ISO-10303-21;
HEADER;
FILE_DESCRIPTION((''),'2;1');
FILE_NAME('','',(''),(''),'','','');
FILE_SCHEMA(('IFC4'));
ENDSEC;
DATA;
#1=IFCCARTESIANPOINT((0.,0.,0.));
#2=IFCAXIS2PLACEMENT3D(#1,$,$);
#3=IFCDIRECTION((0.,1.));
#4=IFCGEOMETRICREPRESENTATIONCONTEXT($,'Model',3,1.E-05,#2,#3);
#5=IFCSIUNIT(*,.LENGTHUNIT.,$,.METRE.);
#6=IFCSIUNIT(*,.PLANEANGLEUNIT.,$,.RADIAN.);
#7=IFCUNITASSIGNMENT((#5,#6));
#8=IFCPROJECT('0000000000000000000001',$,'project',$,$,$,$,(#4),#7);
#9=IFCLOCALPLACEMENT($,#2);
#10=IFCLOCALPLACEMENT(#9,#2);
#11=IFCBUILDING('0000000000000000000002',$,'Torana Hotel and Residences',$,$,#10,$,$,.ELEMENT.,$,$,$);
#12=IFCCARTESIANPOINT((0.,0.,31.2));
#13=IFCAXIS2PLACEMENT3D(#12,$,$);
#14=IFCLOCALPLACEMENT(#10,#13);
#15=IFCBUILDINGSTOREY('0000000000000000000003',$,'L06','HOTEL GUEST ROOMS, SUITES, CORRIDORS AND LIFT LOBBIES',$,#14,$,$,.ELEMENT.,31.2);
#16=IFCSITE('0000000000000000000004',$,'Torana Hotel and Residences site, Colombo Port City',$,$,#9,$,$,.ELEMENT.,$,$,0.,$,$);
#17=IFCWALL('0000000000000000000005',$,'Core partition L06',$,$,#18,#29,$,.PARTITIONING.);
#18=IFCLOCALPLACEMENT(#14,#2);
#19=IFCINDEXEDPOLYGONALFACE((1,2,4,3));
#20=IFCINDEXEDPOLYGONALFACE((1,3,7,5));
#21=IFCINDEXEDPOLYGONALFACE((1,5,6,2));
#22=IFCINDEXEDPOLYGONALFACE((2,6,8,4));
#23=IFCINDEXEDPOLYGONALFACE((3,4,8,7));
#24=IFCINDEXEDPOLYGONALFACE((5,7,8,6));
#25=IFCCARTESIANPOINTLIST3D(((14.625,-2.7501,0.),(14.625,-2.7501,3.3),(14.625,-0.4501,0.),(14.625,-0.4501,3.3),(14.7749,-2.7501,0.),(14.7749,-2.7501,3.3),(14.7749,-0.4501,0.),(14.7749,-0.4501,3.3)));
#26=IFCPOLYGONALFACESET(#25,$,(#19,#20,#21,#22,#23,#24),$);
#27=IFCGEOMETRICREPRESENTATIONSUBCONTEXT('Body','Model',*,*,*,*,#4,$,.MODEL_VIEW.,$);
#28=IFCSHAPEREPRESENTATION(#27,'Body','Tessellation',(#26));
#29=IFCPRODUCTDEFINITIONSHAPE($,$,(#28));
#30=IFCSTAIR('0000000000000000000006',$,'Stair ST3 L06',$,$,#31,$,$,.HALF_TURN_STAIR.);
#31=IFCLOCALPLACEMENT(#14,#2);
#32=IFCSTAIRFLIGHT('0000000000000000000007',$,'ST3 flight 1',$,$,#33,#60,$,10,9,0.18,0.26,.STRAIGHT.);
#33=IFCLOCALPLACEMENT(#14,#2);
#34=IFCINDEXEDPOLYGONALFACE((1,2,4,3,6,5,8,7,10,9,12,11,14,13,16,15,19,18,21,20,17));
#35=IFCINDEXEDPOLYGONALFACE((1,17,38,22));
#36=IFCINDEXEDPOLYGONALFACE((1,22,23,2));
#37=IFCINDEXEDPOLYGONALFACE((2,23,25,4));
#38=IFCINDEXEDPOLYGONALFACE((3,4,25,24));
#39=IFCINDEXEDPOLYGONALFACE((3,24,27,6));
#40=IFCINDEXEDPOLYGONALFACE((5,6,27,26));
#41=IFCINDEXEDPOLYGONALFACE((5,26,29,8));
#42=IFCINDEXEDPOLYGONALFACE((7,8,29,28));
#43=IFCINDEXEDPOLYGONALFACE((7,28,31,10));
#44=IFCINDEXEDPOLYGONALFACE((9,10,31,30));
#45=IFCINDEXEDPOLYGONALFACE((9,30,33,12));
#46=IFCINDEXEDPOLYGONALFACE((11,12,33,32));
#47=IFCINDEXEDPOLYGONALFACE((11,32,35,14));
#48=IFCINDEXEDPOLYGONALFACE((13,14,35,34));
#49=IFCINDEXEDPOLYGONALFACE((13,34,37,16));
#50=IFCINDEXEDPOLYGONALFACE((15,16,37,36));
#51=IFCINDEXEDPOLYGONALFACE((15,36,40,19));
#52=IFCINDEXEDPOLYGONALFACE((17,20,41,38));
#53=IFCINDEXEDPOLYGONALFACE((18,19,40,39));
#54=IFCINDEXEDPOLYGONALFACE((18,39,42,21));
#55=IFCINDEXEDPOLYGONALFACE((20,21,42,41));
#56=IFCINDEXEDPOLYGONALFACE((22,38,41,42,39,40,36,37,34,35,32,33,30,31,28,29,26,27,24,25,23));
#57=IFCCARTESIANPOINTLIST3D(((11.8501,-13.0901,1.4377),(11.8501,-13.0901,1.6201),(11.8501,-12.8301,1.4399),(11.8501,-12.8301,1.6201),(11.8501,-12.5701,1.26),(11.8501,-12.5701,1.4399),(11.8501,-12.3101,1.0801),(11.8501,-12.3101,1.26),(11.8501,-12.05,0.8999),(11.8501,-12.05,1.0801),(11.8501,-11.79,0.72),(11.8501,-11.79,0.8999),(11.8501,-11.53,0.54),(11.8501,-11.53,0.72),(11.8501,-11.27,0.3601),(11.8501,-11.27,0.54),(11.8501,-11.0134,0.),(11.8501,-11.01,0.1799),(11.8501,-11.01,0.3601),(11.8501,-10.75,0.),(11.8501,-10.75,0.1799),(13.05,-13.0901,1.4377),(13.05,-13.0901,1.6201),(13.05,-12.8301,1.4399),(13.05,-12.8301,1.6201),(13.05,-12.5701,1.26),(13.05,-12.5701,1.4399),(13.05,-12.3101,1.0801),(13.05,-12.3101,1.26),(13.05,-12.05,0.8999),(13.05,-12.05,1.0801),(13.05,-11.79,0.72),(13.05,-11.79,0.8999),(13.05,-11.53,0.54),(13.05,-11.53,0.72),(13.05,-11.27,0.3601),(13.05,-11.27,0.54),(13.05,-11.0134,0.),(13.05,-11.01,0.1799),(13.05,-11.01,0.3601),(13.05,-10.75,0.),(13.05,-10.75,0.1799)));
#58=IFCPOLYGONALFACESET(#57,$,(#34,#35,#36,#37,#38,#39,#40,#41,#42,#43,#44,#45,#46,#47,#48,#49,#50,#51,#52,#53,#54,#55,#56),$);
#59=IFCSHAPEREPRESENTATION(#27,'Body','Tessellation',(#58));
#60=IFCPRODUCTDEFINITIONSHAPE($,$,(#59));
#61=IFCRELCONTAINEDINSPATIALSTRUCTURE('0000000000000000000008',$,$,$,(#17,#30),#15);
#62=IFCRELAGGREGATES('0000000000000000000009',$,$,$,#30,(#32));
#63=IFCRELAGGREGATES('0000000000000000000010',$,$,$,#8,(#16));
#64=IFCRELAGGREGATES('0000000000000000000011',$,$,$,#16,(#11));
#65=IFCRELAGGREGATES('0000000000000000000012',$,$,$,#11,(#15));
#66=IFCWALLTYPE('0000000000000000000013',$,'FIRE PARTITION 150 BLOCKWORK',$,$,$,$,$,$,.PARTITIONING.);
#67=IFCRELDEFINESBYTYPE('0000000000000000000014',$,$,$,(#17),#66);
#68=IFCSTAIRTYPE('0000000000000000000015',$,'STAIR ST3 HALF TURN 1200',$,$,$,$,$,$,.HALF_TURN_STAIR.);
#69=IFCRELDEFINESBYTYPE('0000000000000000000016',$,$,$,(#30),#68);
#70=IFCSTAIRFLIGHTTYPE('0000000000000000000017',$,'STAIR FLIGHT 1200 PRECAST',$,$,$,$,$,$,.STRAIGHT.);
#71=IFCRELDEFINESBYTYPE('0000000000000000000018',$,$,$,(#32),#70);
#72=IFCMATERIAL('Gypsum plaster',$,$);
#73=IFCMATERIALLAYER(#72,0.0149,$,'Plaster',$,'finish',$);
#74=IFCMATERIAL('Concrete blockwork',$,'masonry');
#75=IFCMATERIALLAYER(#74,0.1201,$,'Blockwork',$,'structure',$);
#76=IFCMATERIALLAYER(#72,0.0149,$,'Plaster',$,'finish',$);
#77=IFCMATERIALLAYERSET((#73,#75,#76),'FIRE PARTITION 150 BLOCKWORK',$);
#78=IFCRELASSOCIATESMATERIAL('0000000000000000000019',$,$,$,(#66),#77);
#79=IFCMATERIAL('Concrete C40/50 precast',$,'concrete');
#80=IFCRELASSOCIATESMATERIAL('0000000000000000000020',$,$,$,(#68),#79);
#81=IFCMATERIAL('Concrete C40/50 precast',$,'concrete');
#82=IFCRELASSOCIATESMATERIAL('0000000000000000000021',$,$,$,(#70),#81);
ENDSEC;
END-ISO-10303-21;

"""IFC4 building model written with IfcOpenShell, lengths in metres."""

from ifc_helpers import new_model, si_unit, direction, frame, frame_2d, origin, place, context, subcontext, project, spatial, polyline, rectangle, outline, extrude, material, layer, layer_set, type_object, element, aggregate, save


model = new_model("IFC4")

# Units and contexts
model_context = context("Model", 3, precision=1e-05, world=origin(), true_north=direction((0.0, 1.0)))
body_context = subcontext(model_context, "Body", "Model", "MODEL_VIEW")
ifc_project = project(units=[si_unit("LENGTHUNIT", "METRE"), si_unit("PLANEANGLEUNIT", "RADIAN")], contexts=[model_context])

# Site, building, storey
site_placement = place(None, origin())
site = spatial("IfcSite", under=ifc_project, at=site_placement, Name="Torana Hotel and Residences site, Colombo Port City", CompositionType="ELEMENT", RefElevation=0.0)
building_placement = place(site_placement, origin())
building = spatial("IfcBuilding", under=site, at=building_placement, Name="Torana Hotel and Residences", CompositionType="ELEMENT")
storey_placement = place(building_placement, frame((0.0, 0.0, 31.2)))
storey = spatial("IfcBuildingStorey", under=building, at=storey_placement, Name="L06", Description="HOTEL GUEST ROOMS, SUITES, CORRIDORS AND LIFT LOBBIES", CompositionType="ELEMENT", Elevation=31.2)

# Wall
ifc_material_1 = material(Name="Gypsum plaster")
ifc_layer_1 = layer(ifc_material_1, 0.0149, Name="Plaster", Category="finish")
ifc_material_2 = material(Name="Concrete blockwork", Category="masonry")
ifc_layer_2 = layer(ifc_material_2, 0.1201, Name="Blockwork", Category="structure")
ifc_layer_3 = layer(ifc_material_1, 0.0149, Name="Plaster", Category="finish")
ifc_layer_set_1 = layer_set([ifc_layer_1, ifc_layer_2, ifc_layer_3], Name="FIRE PARTITION 150 BLOCKWORK")
wall_type_1 = type_object("IfcWallType", Name="FIRE PARTITION 150 BLOCKWORK", PredefinedType="PARTITIONING", material=ifc_layer_set_1)
wall_1_placement = place(storey_placement, frame((14.7, -2.75, 0.0), z_axis=(0.0, 0.0, 1.0), x_axis=(0.0, 1.0, 0.0)))
element("IfcWall", 1, at=wall_1_placement, inside=storey, type_object=wall_type_1, Name="Core partition L06", PredefinedType="PARTITIONING", context=body_context, shape_type="SweptSolid", body=[
    extrude(rectangle(XDim=2.3, YDim=0.1499, at=frame_2d((1.1499, 0.0))), origin(), (0.0, 0.0, 1.0), 3.3),
])

# Stair, stair flight
ifc_material_3 = material(Name="Concrete C40/50 precast", Category="concrete")
stair_type = type_object("IfcStairType", Name="STAIR ST3 HALF TURN 1200", PredefinedType="HALF_TURN_STAIR", material=ifc_material_3)
stair_placement = place(storey_placement, origin())
stair = element("IfcStair", 2, at=stair_placement, inside=storey, type_object=stair_type, Name="Stair ST3 L06", PredefinedType="HALF_TURN_STAIR")
ifc_material_4 = material(Name="Concrete C40/50 precast", Category="concrete")
stair_flight_type = type_object("IfcStairFlightType", Name="STAIR FLIGHT 1200 PRECAST", PredefinedType="STRAIGHT", material=ifc_material_4)
stair_flight_placement = place(storey_placement, frame((12.45, -10.75, 0.0), z_axis=(0.0, 0.0, 1.0), x_axis=(0.0, -1.0, 0.0)))
stair_flight = element("IfcStairFlight", 3, at=stair_flight_placement, type_object=stair_flight_type, Name="ST3 flight 1", NumberOfRisers=10, NumberOfTreads=9, PredefinedType="STRAIGHT", RiserHeight=0.18, TreadLength=0.26, context=body_context, shape_type="SweptSolid", body=[
    extrude(outline(polyline([(0.0, 0.0), (0.0, 0.1799), (0.26, 0.1799), (0.26, 0.3601), (0.52, 0.3601), (0.52, 0.54), (0.78, 0.54), (0.78, 0.72), (1.04, 0.72), (1.04, 0.8999), (1.3, 0.8999), (1.3, 1.0801), (1.5601, 1.0801), (1.5601, 1.26), (1.8201, 1.26), (1.8201, 1.4399), (2.0801, 1.4399), (2.0801, 1.6201), (2.3401, 1.6201), (2.3401, 1.8), (2.3401, 1.4377), (0.2634, 0.0), (0.0, 0.0)])), frame((0.0, 0.6001, 0.0), z_axis=(0.0, -1.0, 0.0), x_axis=(1.0, 0.0, 0.0)), (0.0, 0.0, 1.0), 1.2),
])
aggregate(stair, [stair_flight])

save(model, "model.ifc")
